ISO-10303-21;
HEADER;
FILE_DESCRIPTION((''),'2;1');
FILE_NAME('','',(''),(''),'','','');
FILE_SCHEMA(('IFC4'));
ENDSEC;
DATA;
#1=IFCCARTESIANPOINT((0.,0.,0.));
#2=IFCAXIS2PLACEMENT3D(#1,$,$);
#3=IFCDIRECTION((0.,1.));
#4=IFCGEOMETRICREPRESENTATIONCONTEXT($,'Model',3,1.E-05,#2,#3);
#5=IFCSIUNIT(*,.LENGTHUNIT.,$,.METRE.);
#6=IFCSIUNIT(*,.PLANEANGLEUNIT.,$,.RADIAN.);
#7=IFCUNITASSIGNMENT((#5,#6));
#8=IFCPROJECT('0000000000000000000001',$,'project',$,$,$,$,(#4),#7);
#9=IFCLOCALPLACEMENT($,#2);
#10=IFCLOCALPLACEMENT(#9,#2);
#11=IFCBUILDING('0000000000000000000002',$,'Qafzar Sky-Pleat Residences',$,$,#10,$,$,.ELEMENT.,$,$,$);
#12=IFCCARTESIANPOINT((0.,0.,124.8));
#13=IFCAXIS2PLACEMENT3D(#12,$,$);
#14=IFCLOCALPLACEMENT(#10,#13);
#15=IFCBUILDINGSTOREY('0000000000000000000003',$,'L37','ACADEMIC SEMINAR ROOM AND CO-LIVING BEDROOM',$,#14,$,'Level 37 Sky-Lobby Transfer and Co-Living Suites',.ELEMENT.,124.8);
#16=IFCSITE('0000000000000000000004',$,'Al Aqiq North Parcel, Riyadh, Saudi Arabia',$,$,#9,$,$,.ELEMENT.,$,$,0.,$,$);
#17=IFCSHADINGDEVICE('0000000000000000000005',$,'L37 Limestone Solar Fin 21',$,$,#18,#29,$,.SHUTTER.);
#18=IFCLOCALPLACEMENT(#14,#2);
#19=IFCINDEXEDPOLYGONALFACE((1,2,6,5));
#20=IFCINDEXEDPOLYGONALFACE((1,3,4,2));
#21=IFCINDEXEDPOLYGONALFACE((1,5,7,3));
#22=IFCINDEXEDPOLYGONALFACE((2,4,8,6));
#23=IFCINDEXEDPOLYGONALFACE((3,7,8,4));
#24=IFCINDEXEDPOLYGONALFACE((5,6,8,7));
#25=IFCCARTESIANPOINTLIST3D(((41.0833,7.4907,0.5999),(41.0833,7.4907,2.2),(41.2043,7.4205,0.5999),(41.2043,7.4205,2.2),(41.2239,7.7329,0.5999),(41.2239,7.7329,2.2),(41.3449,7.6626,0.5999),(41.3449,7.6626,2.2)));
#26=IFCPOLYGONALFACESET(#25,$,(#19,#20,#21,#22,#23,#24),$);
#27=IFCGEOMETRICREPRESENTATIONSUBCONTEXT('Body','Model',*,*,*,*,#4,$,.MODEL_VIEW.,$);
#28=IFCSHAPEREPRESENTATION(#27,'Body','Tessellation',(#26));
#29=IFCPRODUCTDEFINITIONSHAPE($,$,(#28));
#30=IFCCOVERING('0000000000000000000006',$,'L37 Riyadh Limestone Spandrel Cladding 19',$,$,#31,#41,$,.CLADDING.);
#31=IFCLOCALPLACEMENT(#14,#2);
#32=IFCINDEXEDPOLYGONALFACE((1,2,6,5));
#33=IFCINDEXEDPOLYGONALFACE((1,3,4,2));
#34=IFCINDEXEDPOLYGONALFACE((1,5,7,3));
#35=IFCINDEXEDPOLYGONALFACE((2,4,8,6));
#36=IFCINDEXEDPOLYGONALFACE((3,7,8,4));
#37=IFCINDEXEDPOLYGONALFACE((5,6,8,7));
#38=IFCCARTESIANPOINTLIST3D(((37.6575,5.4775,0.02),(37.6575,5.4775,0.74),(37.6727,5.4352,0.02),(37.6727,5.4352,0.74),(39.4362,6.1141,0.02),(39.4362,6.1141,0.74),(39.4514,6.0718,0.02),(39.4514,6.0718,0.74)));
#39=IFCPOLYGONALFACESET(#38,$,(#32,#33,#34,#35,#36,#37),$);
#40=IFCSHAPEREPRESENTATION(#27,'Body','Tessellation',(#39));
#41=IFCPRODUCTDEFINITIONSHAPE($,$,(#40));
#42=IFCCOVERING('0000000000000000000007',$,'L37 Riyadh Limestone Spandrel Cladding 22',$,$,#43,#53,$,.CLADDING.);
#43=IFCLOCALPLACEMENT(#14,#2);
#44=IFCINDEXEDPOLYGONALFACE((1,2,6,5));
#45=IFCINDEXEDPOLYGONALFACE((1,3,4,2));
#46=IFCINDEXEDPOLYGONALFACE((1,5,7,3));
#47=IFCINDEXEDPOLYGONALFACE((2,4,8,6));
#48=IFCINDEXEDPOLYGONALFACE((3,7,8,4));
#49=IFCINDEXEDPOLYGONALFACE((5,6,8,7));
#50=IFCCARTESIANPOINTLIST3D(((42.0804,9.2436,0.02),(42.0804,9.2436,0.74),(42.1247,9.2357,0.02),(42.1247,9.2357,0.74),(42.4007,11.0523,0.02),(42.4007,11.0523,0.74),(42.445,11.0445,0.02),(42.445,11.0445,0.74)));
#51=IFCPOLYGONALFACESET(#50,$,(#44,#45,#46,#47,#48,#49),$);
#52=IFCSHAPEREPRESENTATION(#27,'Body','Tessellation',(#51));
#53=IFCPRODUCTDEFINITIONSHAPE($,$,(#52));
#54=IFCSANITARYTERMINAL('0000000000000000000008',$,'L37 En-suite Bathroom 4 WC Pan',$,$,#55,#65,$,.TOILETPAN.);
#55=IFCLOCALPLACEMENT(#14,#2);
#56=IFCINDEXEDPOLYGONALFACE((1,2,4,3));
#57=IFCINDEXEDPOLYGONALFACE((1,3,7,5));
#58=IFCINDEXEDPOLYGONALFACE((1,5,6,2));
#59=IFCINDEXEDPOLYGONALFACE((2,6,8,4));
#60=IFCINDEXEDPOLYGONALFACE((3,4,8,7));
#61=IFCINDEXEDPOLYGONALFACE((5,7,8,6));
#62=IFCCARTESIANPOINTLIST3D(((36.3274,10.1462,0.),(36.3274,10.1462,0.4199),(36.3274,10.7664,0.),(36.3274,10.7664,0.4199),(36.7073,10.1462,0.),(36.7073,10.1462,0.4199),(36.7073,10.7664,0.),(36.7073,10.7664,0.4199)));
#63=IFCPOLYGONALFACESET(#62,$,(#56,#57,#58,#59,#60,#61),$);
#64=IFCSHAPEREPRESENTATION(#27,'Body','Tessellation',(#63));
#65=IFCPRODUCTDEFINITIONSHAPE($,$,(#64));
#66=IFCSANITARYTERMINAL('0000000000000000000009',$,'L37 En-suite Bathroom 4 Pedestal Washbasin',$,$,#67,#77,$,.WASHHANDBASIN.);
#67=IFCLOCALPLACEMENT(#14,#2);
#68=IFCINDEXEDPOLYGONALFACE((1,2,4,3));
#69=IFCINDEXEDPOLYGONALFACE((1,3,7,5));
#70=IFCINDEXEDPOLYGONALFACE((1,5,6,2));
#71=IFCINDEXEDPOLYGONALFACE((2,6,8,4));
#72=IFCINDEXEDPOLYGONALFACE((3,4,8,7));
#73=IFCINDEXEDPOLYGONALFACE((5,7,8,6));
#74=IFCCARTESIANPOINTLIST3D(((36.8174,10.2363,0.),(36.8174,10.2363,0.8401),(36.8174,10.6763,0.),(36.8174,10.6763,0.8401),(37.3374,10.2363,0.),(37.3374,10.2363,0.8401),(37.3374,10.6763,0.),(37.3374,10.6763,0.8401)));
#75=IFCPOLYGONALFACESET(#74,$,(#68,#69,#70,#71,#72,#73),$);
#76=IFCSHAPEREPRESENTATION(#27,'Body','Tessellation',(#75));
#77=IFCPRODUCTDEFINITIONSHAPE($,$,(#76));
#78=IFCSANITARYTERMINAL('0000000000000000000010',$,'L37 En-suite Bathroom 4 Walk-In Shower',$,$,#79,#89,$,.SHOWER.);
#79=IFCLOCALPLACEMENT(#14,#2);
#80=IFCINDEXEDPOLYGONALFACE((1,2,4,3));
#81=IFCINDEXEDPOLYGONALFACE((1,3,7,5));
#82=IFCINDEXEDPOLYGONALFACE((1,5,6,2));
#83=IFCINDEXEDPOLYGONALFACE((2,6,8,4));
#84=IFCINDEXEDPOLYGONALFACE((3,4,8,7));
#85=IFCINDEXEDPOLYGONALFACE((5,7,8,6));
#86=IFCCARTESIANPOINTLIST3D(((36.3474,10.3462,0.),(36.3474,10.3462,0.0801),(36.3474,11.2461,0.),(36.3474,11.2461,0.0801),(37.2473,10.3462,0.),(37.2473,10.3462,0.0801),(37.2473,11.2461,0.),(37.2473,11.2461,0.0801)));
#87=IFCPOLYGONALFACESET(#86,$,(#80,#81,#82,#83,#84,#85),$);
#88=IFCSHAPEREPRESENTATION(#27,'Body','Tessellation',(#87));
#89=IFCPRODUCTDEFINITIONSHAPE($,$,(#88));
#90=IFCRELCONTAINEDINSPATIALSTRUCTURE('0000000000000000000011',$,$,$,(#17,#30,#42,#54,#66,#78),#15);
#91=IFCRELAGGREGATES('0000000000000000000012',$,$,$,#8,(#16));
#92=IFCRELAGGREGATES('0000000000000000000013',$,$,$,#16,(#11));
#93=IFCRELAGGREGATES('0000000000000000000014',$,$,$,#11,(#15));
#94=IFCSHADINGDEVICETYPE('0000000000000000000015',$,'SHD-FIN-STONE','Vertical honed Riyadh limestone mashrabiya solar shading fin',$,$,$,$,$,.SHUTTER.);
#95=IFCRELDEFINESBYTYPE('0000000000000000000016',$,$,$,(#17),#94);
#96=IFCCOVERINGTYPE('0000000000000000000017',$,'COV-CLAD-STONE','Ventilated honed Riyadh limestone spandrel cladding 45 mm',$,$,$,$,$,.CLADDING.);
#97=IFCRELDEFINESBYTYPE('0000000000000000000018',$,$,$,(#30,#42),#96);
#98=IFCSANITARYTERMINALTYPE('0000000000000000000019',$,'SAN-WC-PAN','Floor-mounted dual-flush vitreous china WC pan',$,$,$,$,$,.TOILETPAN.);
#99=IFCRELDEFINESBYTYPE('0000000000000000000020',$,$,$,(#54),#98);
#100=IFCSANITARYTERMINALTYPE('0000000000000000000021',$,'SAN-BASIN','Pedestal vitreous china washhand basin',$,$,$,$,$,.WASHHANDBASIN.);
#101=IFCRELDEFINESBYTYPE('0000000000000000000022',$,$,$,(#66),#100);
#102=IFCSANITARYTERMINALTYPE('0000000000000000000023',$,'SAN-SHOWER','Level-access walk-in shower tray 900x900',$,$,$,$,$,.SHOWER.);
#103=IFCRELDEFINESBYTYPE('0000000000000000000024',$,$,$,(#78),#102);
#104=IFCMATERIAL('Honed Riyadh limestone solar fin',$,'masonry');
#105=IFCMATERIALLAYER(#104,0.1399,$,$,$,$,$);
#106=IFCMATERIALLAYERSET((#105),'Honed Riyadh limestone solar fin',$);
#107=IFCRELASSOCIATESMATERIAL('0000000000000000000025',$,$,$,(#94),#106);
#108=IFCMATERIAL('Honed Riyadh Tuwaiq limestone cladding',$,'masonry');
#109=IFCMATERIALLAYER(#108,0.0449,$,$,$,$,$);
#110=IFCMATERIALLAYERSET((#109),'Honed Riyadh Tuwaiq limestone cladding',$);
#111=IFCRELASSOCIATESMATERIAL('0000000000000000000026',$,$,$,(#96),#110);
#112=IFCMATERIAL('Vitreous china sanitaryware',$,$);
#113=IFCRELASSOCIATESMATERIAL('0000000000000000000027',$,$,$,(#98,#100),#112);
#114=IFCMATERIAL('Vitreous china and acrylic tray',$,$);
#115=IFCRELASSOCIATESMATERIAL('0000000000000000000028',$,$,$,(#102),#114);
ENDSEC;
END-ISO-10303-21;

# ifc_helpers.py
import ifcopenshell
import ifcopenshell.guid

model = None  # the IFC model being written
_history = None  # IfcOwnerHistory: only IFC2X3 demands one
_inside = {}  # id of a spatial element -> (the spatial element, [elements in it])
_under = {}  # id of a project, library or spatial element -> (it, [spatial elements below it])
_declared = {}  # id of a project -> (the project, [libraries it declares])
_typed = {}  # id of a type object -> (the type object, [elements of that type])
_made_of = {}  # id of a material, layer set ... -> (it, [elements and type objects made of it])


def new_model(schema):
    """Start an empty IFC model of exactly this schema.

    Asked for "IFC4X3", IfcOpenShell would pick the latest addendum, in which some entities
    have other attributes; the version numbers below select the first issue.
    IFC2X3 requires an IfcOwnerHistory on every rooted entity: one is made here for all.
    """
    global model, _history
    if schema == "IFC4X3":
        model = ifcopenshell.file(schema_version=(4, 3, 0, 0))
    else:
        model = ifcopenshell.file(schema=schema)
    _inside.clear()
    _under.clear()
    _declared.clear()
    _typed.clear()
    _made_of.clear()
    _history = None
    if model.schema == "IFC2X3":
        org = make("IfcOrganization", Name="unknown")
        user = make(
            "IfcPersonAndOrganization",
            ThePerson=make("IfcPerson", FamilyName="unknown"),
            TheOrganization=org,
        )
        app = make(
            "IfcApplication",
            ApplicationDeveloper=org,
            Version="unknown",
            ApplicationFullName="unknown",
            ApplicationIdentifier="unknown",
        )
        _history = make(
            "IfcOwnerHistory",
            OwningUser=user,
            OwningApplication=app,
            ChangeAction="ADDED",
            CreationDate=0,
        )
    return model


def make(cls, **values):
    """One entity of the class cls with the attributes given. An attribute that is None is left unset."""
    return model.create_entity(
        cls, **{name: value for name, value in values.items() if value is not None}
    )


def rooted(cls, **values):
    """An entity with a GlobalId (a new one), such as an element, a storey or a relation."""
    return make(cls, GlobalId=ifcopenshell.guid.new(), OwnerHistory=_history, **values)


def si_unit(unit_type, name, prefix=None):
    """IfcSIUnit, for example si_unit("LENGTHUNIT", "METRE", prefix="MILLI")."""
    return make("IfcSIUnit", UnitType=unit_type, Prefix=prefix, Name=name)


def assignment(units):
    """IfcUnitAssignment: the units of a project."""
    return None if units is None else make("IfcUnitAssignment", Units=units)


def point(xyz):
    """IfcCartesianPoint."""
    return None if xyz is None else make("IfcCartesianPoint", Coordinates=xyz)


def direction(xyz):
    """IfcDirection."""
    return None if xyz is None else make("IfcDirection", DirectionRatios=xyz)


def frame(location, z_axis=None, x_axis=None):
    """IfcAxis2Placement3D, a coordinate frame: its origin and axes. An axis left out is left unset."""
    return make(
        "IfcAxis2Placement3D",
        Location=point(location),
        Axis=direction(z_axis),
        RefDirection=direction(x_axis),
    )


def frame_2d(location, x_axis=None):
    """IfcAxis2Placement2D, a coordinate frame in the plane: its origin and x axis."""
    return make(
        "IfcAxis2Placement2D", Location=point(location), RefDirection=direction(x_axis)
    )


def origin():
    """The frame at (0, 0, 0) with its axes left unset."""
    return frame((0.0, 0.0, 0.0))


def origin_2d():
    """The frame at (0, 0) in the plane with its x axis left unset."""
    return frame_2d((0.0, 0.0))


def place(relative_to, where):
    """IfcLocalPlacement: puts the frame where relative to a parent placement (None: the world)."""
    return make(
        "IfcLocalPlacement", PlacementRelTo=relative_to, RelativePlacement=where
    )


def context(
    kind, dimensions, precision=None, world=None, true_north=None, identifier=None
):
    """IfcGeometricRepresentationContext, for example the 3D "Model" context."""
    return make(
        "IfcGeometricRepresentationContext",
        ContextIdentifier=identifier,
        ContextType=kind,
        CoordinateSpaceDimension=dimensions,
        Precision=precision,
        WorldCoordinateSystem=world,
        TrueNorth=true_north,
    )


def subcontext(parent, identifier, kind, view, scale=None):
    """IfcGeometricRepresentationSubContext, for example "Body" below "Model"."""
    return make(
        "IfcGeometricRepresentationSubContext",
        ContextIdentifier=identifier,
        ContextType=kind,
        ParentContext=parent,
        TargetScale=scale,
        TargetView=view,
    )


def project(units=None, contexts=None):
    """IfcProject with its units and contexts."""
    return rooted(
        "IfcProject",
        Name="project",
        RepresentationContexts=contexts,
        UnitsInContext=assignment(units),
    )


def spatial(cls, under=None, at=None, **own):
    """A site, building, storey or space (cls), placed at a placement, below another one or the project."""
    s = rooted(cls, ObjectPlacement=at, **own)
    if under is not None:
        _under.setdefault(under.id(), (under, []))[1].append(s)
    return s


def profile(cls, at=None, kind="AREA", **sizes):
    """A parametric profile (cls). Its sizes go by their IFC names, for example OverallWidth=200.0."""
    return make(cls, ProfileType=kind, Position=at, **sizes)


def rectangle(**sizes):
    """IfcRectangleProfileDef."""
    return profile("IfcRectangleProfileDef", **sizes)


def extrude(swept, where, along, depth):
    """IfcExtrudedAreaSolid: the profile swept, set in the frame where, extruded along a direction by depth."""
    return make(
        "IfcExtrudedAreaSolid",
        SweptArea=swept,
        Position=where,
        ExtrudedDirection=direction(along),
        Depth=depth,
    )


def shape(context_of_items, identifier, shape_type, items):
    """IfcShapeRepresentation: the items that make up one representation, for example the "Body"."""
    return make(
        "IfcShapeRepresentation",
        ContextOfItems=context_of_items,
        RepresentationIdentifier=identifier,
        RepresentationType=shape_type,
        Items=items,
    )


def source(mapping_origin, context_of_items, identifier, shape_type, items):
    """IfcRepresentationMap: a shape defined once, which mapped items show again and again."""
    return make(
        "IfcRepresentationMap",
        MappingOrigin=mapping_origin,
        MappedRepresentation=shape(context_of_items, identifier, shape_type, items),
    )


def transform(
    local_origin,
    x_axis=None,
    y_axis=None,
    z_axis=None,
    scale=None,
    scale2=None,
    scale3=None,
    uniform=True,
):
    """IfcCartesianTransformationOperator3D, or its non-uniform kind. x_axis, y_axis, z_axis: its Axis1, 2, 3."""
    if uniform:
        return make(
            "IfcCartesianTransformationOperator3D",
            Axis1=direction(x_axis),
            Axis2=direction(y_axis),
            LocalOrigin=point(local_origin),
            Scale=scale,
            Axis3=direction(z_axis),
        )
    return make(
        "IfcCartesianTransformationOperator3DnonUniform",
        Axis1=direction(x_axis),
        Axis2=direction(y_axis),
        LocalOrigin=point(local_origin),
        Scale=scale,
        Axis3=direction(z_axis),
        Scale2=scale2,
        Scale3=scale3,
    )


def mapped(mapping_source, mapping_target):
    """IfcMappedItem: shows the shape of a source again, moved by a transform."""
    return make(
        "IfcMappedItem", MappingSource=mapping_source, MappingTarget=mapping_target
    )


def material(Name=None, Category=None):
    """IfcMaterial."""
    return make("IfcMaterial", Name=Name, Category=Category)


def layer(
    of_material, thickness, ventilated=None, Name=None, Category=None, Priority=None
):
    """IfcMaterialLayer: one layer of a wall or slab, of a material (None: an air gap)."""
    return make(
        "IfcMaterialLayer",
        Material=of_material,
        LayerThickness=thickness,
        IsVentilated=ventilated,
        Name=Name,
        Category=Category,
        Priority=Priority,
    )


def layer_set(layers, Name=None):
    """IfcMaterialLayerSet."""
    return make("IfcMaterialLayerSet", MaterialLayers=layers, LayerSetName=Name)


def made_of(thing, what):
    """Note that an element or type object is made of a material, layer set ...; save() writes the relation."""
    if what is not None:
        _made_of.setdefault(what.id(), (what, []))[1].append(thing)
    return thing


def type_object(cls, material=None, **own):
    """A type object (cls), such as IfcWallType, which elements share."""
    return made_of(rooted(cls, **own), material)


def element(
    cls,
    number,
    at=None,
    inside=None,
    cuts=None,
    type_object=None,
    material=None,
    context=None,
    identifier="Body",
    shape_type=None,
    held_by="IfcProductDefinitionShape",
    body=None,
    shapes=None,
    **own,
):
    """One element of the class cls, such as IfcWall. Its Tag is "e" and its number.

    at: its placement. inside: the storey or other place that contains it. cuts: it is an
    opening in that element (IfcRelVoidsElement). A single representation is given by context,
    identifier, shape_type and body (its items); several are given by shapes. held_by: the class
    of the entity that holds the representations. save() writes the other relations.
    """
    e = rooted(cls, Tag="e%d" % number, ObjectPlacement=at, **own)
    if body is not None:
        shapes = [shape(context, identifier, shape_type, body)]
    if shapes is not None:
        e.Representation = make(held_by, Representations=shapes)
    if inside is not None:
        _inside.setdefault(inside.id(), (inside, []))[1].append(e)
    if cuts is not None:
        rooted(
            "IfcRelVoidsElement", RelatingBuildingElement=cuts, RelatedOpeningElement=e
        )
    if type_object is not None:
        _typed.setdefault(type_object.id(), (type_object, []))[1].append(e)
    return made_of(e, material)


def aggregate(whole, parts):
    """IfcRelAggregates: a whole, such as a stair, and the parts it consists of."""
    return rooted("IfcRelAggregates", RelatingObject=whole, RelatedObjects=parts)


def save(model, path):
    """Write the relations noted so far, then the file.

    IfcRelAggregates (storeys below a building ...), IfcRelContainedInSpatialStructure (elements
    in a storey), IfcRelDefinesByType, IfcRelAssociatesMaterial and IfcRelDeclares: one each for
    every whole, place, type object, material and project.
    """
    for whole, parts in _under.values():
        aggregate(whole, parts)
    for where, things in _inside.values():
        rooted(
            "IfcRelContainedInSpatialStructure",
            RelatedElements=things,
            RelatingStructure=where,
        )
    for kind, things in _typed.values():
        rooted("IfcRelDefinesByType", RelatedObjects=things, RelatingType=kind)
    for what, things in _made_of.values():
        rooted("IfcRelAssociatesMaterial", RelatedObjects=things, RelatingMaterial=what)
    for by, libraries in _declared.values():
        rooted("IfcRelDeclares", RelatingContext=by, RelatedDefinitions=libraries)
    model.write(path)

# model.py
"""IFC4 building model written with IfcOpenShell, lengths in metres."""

from ifc_helpers import new_model, si_unit, direction, frame, origin, origin_2d, place, context, subcontext, project, spatial, rectangle, extrude, source, transform, mapped, material, layer, layer_set, type_object, element, save


model = new_model("IFC4")

# Units and contexts
model_context = context("Model", 3, precision=1e-05, world=origin(), true_north=direction((0.0, 1.0)))
body_context = subcontext(model_context, "Body", "Model", "MODEL_VIEW")
ifc_project = project(units=[si_unit("LENGTHUNIT", "METRE"), si_unit("PLANEANGLEUNIT", "RADIAN")], contexts=[model_context])

# Site, building, storey
site_placement = place(None, origin())
site = spatial("IfcSite", under=ifc_project, at=site_placement, Name="Al Aqiq North Parcel, Riyadh, Saudi Arabia", CompositionType="ELEMENT", RefElevation=0.0)
building_placement = place(site_placement, origin())
building = spatial("IfcBuilding", under=site, at=building_placement, Name="Qafzar Sky-Pleat Residences", CompositionType="ELEMENT")
storey_placement = place(building_placement, frame((0.0, 0.0, 124.8)))
storey = spatial("IfcBuildingStorey", under=building, at=storey_placement, Name="L37", Description="ACADEMIC SEMINAR ROOM AND CO-LIVING BEDROOM", LongName="Level 37 Sky-Lobby Transfer and Co-Living Suites", CompositionType="ELEMENT", Elevation=124.8)

# Shading device
ifc_material_1 = material(Name="Honed Riyadh limestone solar fin", Category="masonry")
ifc_layer_1 = layer(ifc_material_1, 0.1399)
ifc_layer_set_1 = layer_set([ifc_layer_1], Name="Honed Riyadh limestone solar fin")
shading_device_type = type_object("IfcShadingDeviceType", Name="SHD-FIN-STONE", Description="Vertical honed Riyadh limestone mashrabiya solar shading fin", PredefinedType="SHUTTER", material=ifc_layer_set_1)
shared_shape_1 = source(origin(), body_context, "Body", "SweptSolid", [
    extrude(rectangle(XDim=0.1399, YDim=0.28, at=origin_2d()), origin(), (0.0, 0.0, 1.0), 1.6001),
])
shading_device_placement = place(storey_placement, frame((41.2141, 7.5767, 0.5999), z_axis=(0.0, 0.0, 1.0), x_axis=(0.864874, -0.501989, 0.0)))
element("IfcShadingDevice", 1, at=shading_device_placement, inside=storey, type_object=shading_device_type, Name="L37 Limestone Solar Fin 21", PredefinedType="SHUTTER", context=body_context, shape_type="MappedRepresentation", body=[
    mapped(shared_shape_1, transform((0.0, 0.0, 0.0), x_axis=(1.0, 0.0, 0.0), y_axis=(0.0, 1.0, 0.0), z_axis=(0.0, 0.0, 1.0), scale=1.0)),
])

# Coverings
ifc_material_2 = material(Name="Honed Riyadh Tuwaiq limestone cladding", Category="masonry")
ifc_layer_2 = layer(ifc_material_2, 0.0449)
ifc_layer_set_2 = layer_set([ifc_layer_2], Name="Honed Riyadh Tuwaiq limestone cladding")
covering_type = type_object("IfcCoveringType", Name="COV-CLAD-STONE", Description="Ventilated honed Riyadh limestone spandrel cladding 45 mm", PredefinedType="CLADDING", material=ifc_layer_set_2)
shared_shape_2 = source(origin(), body_context, "Body", "SweptSolid", [
    extrude(rectangle(XDim=1.8892, YDim=0.0449, at=origin_2d()), origin(), (0.0, 0.0, 1.0), 0.72),
])
covering_1_placement = place(storey_placement, frame((38.5544, 5.7747, 0.02), z_axis=(0.0, 0.0, 1.0), x_axis=(0.941519, 0.336961, 0.0)))
element("IfcCovering", 2, at=covering_1_placement, inside=storey, type_object=covering_type, Name="L37 Riyadh Limestone Spandrel Cladding 19", PredefinedType="CLADDING", context=body_context, shape_type="MappedRepresentation", body=[
    mapped(shared_shape_2, transform((0.0, 0.0, 0.0), x_axis=(1.0, 0.0, 0.0), y_axis=(0.0, 1.0, 0.0), z_axis=(0.0, 0.0, 1.0), scale=1.0)),
])
shared_shape_3 = source(origin(), body_context, "Body", "SweptSolid", [
    extrude(rectangle(XDim=1.8369, YDim=0.0449, at=origin_2d()), origin(), (0.0, 0.0, 1.0), 0.72),
])
covering_2_placement = place(storey_placement, frame((42.2627, 10.144, 0.02), z_axis=(0.0, 0.0, 1.0), x_axis=(0.174361, 0.984682, 0.0)))
element("IfcCovering", 3, at=covering_2_placement, inside=storey, type_object=covering_type, Name="L37 Riyadh Limestone Spandrel Cladding 22", PredefinedType="CLADDING", context=body_context, shape_type="MappedRepresentation", body=[
    mapped(shared_shape_3, transform((0.0, 0.0, 0.0), x_axis=(1.0, 0.0, 0.0), y_axis=(0.0, 1.0, 0.0), z_axis=(0.0, 0.0, 1.0), scale=1.0)),
])

# Sanitary terminals
ifc_material_3 = material(Name="Vitreous china sanitaryware")
sanitary_terminal_type_1 = type_object("IfcSanitaryTerminalType", Name="SAN-WC-PAN", Description="Floor-mounted dual-flush vitreous china WC pan", PredefinedType="TOILETPAN", material=ifc_material_3)
shared_shape_4 = source(origin(), body_context, "Body", "SweptSolid", [
    extrude(rectangle(XDim=0.3799, YDim=0.6201, at=origin_2d()), origin(), (0.0, 0.0, 1.0), 0.4199),
])
sanitary_terminal_1_placement = place(storey_placement, frame((36.5173, 10.4563, 0.0), z_axis=(0.0, 0.0, 1.0), x_axis=(1.0, 0.0, 0.0)))
element("IfcSanitaryTerminal", 4, at=sanitary_terminal_1_placement, inside=storey, type_object=sanitary_terminal_type_1, Name="L37 En-suite Bathroom 4 WC Pan", PredefinedType="TOILETPAN", context=body_context, shape_type="MappedRepresentation", body=[
    mapped(shared_shape_4, transform((0.0, 0.0, 0.0), x_axis=(1.0, 0.0, 0.0), y_axis=(0.0, 1.0, 0.0), z_axis=(0.0, 0.0, 1.0), scale=1.0)),
])
sanitary_terminal_type_2 = type_object("IfcSanitaryTerminalType", Name="SAN-BASIN", Description="Pedestal vitreous china washhand basin", PredefinedType="WASHHANDBASIN", material=ifc_material_3)
shared_shape_5 = source(origin(), body_context, "Body", "SweptSolid", [
    extrude(rectangle(XDim=0.52, YDim=0.4399, at=origin_2d()), origin(), (0.0, 0.0, 1.0), 0.8401),
])
sanitary_terminal_2_placement = place(storey_placement, frame((37.0774, 10.4563, 0.0), z_axis=(0.0, 0.0, 1.0), x_axis=(1.0, 0.0, 0.0)))
element("IfcSanitaryTerminal", 5, at=sanitary_terminal_2_placement, inside=storey, type_object=sanitary_terminal_type_2, Name="L37 En-suite Bathroom 4 Pedestal Washbasin", PredefinedType="WASHHANDBASIN", context=body_context, shape_type="MappedRepresentation", body=[
    mapped(shared_shape_5, transform((0.0, 0.0, 0.0), x_axis=(1.0, 0.0, 0.0), y_axis=(0.0, 1.0, 0.0), z_axis=(0.0, 0.0, 1.0), scale=1.0)),
])
ifc_material_4 = material(Name="Vitreous china and acrylic tray")
sanitary_terminal_type_3 = type_object("IfcSanitaryTerminalType", Name="SAN-SHOWER", Description="Level-access walk-in shower tray 900x900", PredefinedType="SHOWER", material=ifc_material_4)
shared_shape_6 = source(origin(), body_context, "Body", "SweptSolid", [
    extrude(rectangle(XDim=0.8999, YDim=0.8999, at=origin_2d()), origin(), (0.0, 0.0, 1.0), 0.0801),
])
sanitary_terminal_3_placement = place(storey_placement, frame((36.7974, 10.7961, 0.0), z_axis=(0.0, 0.0, 1.0), x_axis=(1.0, 0.0, 0.0)))
element("IfcSanitaryTerminal", 6, at=sanitary_terminal_3_placement, inside=storey, type_object=sanitary_terminal_type_3, Name="L37 En-suite Bathroom 4 Walk-In Shower", PredefinedType="SHOWER", context=body_context, shape_type="MappedRepresentation", body=[
    mapped(shared_shape_6, transform((0.0, 0.0, 0.0), x_axis=(1.0, 0.0, 0.0), y_axis=(0.0, 1.0, 0.0), z_axis=(0.0, 0.0, 1.0), scale=1.0)),
])

save(model, "model.ifc")
